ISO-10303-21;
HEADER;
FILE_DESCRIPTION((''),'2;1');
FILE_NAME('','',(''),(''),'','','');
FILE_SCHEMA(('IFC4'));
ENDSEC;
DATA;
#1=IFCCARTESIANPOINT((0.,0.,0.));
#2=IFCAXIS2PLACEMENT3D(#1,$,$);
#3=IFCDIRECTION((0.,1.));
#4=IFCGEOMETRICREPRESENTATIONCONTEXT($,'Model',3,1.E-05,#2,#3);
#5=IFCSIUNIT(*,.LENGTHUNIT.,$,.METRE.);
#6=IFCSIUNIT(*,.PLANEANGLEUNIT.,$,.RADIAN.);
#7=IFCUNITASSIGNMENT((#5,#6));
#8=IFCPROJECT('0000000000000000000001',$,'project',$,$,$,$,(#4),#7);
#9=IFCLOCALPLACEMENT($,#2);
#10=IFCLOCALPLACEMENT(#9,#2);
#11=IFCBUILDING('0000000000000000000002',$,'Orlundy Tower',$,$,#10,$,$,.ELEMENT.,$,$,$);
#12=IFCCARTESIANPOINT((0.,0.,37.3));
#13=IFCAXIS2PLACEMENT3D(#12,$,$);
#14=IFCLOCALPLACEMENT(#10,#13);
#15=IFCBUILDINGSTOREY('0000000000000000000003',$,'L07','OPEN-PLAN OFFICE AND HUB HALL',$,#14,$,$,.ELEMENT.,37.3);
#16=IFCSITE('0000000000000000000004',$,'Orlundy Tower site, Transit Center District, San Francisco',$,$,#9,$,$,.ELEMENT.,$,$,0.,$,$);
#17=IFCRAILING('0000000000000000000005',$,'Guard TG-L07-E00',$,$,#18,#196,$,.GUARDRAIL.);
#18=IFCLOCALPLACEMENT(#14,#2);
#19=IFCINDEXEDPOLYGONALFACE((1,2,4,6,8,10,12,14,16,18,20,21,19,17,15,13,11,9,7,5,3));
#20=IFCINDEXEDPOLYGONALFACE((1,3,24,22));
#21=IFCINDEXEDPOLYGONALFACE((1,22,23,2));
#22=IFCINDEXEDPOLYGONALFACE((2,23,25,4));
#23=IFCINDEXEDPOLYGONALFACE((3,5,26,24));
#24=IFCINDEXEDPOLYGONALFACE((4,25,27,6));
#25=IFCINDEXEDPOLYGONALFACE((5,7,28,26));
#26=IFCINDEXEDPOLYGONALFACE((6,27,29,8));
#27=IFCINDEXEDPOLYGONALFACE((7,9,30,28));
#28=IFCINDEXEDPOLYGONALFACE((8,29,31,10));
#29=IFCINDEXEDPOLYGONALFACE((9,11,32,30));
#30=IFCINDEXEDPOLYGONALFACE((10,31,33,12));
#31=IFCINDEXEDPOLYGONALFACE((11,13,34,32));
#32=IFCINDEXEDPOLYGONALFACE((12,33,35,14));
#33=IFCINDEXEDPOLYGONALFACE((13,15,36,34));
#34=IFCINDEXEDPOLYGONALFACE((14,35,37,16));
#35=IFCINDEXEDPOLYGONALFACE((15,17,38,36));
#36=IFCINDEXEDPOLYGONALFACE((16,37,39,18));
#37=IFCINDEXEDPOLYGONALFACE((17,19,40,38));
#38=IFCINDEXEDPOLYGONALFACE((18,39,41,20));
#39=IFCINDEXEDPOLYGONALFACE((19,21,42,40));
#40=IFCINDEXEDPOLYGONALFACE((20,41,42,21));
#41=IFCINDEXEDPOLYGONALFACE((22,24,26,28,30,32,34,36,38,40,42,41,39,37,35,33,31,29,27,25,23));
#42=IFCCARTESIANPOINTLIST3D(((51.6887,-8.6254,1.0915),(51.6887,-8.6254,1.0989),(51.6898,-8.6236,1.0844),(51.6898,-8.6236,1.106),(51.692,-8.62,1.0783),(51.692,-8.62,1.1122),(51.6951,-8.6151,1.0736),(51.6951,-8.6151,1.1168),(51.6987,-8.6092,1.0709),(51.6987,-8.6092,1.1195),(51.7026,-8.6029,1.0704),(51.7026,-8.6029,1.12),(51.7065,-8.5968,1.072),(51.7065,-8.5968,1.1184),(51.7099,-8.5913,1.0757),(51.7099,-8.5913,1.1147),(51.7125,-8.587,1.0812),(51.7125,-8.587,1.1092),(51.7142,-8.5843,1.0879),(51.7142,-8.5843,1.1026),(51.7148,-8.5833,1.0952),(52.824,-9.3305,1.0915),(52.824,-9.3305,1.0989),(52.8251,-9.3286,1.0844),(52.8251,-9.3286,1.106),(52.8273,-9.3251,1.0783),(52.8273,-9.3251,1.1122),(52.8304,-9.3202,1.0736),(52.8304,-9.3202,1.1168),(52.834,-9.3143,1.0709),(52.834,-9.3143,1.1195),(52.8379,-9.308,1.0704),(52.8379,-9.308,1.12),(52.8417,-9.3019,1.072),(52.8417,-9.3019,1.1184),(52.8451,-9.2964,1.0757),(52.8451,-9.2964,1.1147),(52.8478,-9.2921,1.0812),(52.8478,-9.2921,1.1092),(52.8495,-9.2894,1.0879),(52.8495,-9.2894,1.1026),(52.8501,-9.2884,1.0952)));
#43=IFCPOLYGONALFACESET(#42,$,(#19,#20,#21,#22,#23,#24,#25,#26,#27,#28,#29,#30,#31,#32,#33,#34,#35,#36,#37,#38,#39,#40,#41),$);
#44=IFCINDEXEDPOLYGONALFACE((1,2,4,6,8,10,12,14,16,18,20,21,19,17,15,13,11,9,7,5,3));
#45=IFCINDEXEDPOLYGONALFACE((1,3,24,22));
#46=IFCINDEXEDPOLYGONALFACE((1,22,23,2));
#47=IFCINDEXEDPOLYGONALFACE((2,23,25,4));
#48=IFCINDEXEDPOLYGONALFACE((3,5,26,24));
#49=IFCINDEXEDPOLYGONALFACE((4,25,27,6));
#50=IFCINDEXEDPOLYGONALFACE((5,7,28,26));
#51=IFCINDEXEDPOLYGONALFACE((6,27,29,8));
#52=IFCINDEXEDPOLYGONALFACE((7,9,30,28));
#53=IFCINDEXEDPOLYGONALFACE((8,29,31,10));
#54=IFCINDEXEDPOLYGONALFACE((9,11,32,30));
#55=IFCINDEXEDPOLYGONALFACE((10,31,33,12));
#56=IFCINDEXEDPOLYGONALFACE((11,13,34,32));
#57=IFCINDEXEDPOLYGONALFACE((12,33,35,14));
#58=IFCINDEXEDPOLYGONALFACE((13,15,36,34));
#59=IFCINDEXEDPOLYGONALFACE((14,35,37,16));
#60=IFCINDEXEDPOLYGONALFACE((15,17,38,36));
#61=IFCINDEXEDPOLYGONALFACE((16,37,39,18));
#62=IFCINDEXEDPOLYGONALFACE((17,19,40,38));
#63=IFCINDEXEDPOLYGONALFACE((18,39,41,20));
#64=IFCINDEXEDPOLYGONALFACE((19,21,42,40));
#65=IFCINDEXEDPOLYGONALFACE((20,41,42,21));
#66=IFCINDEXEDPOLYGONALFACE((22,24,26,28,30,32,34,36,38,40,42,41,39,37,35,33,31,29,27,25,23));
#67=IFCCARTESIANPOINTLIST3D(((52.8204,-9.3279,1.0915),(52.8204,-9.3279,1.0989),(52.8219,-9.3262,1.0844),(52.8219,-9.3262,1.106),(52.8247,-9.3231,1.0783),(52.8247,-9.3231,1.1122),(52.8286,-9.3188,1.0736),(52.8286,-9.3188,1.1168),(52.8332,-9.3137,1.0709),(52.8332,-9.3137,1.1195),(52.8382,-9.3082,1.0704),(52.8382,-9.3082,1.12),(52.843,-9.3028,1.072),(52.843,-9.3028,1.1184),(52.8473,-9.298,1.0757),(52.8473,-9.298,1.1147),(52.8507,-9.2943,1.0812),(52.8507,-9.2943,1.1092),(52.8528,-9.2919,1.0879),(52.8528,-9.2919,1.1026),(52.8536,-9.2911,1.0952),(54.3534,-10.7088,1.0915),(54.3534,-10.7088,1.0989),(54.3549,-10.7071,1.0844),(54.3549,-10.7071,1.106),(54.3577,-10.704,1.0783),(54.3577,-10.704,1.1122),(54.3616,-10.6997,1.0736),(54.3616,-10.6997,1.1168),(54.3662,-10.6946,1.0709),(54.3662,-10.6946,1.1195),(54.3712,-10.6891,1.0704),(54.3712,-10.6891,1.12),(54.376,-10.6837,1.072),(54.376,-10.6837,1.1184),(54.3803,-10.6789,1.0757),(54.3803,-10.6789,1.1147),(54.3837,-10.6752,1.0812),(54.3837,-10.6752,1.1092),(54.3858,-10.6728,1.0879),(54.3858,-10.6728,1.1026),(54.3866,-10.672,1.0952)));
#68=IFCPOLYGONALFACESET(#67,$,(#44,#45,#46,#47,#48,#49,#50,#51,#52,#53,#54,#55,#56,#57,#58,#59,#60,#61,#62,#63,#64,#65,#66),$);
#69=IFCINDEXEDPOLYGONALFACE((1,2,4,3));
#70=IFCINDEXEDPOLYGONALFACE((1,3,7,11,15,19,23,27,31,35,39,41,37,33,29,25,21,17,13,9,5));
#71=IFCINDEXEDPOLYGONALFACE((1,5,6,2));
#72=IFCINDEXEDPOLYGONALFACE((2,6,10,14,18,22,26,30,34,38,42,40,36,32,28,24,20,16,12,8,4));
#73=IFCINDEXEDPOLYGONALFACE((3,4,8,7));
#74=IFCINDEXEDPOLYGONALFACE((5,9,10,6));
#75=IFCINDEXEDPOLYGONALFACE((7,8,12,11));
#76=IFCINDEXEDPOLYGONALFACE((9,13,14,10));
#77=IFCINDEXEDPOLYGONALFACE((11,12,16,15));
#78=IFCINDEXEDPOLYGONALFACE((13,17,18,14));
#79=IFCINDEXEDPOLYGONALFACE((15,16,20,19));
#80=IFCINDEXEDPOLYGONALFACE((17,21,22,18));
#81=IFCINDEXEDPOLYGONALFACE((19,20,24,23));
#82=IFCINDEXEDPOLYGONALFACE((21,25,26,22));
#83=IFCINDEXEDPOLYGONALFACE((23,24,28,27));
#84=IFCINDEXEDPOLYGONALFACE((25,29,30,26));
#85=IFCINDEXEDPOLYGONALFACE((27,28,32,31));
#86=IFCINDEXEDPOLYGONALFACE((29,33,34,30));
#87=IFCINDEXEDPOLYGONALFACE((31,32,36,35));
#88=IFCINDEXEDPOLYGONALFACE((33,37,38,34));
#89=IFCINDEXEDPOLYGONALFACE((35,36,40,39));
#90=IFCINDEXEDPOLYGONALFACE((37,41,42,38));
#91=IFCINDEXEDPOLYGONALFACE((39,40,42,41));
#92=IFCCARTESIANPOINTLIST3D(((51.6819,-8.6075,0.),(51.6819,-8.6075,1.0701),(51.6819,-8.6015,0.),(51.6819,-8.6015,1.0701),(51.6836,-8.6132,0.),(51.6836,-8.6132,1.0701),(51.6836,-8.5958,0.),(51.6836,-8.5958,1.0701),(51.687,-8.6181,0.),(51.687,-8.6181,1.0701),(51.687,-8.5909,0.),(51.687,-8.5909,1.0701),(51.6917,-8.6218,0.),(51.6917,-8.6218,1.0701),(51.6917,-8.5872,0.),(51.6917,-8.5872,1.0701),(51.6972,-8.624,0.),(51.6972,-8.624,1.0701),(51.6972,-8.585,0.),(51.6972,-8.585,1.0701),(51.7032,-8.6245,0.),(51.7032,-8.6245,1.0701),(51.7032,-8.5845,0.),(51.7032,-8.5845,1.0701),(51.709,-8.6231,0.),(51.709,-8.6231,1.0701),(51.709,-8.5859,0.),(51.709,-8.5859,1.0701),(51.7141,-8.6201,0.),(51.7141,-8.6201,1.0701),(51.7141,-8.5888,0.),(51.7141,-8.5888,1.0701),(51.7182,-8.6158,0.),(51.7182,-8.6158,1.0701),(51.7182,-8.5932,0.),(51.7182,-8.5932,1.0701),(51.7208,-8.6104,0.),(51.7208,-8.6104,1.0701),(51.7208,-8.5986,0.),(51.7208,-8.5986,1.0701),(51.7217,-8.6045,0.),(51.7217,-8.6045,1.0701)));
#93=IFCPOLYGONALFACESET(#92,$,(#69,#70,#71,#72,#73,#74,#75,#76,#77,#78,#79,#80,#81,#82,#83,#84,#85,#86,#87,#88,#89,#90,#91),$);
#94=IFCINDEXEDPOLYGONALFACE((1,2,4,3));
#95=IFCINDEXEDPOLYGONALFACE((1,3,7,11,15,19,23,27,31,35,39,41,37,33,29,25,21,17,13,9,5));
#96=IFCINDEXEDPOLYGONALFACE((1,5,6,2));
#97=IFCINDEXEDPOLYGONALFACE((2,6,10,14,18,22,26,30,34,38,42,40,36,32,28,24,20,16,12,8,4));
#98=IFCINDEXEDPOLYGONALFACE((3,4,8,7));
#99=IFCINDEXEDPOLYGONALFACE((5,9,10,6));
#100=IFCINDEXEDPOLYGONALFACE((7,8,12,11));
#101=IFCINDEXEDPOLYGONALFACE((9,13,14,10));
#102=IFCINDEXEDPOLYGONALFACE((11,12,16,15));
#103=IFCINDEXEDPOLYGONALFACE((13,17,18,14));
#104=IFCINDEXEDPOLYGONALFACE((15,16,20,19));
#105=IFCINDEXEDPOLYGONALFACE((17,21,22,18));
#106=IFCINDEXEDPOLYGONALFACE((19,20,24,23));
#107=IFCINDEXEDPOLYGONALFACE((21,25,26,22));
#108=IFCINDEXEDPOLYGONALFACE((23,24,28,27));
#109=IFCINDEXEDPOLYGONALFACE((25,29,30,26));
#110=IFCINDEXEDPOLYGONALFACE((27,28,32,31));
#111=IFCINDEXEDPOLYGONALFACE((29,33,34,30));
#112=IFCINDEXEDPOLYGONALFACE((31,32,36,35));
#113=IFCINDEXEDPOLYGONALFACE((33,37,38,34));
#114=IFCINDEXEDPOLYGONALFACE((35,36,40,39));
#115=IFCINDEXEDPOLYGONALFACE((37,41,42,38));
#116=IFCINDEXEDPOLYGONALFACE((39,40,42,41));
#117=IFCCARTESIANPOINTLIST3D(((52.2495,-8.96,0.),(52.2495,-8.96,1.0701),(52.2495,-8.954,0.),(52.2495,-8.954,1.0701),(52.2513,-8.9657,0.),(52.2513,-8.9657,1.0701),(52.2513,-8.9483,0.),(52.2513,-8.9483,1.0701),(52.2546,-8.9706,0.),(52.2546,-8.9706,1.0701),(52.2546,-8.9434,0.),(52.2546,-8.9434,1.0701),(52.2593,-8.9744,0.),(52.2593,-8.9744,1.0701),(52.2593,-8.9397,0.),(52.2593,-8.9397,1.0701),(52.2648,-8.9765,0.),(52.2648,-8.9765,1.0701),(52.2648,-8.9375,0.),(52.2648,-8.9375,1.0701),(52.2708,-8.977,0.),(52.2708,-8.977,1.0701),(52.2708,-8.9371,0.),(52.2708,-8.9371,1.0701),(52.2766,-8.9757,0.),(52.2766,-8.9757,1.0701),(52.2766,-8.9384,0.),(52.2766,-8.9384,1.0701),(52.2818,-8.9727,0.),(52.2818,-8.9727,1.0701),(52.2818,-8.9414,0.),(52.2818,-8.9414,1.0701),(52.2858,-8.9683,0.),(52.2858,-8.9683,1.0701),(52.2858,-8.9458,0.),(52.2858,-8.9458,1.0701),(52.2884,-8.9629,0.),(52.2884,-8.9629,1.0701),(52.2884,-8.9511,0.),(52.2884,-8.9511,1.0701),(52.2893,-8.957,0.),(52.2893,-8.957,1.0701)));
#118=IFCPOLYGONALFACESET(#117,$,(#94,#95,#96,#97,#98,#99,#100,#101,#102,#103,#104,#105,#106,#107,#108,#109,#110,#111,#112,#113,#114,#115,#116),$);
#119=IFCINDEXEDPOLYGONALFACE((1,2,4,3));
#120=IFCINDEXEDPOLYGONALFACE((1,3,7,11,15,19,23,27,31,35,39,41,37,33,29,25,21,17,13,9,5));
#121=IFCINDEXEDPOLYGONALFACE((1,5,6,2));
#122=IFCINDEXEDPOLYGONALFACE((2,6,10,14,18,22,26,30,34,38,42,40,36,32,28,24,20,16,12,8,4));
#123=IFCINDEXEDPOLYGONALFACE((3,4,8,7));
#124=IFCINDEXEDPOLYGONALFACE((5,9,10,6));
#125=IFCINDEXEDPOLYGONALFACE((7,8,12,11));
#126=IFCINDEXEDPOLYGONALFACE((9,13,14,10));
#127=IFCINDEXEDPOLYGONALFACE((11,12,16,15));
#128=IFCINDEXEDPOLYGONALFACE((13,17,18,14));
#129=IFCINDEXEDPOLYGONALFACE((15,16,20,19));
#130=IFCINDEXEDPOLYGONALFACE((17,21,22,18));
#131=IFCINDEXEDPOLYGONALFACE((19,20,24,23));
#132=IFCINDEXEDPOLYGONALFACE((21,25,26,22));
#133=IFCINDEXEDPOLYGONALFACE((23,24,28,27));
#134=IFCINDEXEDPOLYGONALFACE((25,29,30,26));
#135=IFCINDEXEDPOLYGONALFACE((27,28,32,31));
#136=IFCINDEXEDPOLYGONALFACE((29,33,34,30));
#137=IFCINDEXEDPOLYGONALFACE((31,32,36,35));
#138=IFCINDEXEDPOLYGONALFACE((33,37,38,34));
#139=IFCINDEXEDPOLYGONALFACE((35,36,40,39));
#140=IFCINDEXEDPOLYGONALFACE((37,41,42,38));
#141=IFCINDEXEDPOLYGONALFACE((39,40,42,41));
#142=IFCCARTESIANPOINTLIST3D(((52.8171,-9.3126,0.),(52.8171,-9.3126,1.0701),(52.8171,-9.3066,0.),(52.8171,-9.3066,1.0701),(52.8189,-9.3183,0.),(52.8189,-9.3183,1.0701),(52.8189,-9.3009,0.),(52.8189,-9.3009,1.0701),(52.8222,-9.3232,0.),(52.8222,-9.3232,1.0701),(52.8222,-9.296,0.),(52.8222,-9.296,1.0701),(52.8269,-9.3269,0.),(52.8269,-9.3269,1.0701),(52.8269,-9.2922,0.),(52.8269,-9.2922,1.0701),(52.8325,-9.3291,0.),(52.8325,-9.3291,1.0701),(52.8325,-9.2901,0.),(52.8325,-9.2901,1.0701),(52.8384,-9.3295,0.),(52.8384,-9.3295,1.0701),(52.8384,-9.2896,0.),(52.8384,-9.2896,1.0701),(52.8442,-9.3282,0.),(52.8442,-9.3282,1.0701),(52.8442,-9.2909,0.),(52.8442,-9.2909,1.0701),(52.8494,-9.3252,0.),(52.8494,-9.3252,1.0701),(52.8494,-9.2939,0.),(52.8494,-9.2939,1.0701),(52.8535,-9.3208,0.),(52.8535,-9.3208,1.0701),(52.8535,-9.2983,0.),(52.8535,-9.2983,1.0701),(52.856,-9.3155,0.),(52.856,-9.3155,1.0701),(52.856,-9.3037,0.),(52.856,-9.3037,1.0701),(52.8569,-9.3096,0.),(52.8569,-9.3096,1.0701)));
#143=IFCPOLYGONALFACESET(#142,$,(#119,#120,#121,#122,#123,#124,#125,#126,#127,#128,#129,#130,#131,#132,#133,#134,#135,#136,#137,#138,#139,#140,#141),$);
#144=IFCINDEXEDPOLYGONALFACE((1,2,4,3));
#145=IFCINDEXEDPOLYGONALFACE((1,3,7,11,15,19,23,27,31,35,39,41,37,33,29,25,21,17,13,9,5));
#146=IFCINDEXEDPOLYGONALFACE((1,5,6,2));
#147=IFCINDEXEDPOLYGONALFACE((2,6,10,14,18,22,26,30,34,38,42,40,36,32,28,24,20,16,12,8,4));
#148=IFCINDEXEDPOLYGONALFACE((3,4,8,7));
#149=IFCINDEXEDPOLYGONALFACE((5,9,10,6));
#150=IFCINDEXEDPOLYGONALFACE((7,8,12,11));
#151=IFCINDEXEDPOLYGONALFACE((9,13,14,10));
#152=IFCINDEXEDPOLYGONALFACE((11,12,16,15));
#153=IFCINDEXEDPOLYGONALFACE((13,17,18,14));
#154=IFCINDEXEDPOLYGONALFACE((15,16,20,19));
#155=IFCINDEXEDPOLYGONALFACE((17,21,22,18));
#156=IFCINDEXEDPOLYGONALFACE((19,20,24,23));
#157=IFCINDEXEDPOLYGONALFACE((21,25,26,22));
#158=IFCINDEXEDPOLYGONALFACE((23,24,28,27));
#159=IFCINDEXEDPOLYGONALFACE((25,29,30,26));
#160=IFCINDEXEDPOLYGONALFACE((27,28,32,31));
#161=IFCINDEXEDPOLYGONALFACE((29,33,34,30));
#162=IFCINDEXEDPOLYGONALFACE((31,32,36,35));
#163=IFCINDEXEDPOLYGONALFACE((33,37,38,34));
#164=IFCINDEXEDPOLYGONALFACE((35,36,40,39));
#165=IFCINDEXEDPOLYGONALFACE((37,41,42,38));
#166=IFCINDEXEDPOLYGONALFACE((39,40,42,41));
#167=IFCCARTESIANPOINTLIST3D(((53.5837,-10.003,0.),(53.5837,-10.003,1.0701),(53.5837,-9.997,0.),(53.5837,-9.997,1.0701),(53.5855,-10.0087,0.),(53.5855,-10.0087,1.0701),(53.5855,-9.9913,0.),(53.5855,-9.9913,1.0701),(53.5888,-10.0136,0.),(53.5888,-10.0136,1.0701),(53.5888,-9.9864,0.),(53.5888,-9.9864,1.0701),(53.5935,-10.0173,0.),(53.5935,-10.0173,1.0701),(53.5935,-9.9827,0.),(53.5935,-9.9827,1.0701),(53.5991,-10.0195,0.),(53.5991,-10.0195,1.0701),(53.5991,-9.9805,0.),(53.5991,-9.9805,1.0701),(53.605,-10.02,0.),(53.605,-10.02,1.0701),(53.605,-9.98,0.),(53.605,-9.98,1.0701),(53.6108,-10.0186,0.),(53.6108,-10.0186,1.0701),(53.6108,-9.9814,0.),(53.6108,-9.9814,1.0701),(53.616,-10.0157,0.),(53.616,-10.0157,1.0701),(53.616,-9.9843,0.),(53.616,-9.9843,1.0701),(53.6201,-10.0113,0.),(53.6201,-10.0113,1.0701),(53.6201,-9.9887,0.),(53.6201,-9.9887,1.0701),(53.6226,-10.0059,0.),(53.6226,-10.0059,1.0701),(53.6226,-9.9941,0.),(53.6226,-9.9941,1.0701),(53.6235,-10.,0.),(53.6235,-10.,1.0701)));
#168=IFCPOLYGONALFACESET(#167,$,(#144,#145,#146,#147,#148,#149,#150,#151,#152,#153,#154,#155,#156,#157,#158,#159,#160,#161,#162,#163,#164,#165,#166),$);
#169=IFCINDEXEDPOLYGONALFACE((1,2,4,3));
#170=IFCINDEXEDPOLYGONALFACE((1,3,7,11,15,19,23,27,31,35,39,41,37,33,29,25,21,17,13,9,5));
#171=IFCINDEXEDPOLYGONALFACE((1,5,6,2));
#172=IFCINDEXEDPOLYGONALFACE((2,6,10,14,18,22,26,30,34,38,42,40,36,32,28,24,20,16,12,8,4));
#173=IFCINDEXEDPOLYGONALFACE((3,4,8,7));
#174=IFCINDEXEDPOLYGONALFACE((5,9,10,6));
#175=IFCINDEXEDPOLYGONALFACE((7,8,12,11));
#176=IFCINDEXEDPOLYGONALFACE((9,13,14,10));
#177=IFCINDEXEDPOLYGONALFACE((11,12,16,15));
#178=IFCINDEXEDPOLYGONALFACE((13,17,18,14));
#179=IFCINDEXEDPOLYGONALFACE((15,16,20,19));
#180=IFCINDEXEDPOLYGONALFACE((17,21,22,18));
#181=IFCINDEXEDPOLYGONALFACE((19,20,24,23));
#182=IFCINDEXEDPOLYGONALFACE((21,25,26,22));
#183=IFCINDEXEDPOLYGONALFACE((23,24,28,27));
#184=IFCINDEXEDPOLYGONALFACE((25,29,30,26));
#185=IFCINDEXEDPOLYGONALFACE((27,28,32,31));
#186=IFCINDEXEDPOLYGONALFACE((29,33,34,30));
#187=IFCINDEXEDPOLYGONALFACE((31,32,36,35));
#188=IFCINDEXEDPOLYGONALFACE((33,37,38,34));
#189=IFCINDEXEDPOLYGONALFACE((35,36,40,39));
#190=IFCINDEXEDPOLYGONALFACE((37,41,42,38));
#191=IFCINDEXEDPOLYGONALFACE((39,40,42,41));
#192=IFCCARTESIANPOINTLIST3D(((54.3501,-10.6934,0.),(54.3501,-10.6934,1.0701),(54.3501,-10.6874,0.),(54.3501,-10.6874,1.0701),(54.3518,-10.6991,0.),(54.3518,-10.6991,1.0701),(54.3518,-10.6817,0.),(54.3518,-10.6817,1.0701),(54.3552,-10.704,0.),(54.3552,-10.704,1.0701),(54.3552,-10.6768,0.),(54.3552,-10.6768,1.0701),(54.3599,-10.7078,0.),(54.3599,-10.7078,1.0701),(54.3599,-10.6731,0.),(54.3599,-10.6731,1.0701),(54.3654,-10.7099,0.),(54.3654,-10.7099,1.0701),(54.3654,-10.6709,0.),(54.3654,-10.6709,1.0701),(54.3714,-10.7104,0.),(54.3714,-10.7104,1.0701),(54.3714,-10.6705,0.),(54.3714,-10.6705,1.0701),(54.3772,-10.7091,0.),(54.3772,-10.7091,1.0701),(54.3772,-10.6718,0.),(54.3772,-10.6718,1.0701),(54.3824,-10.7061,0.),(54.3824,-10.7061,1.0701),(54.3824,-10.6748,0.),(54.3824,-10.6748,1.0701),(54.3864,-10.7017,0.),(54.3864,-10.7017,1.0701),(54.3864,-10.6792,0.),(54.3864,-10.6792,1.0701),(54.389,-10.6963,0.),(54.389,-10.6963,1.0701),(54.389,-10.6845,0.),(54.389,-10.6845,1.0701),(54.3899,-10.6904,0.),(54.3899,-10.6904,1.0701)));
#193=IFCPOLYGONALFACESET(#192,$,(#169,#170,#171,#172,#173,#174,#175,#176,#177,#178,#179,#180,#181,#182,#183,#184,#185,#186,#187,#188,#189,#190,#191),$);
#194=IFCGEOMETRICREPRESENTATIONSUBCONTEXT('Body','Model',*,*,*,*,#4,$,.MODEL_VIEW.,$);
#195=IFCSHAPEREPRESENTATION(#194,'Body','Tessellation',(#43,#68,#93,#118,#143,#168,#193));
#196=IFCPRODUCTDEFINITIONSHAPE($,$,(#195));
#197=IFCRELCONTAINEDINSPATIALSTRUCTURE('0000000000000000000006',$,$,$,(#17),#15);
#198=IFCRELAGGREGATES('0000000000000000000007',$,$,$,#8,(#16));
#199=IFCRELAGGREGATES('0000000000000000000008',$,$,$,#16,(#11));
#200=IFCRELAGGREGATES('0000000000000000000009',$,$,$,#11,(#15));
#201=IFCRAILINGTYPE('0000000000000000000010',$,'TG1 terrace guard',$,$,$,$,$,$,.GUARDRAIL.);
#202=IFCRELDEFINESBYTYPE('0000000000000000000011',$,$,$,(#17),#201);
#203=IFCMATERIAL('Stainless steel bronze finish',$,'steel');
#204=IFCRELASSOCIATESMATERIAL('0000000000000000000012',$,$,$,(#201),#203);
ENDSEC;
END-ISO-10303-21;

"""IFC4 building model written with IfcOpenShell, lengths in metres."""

from ifc_helpers import new_model, si_unit, direction, frame, origin, origin_2d, place, context, subcontext, project, spatial, circle, extrude, material, type_object, element, save


model = new_model("IFC4")

# Units and contexts
model_context = context("Model", 3, precision=1e-05, world=origin(), true_north=direction((0.0, 1.0)))
body_context = subcontext(model_context, "Body", "Model", "MODEL_VIEW")
ifc_project = project(units=[si_unit("LENGTHUNIT", "METRE"), si_unit("PLANEANGLEUNIT", "RADIAN")], contexts=[model_context])

# Site, building, storey
site_placement = place(None, origin())
site = spatial("IfcSite", under=ifc_project, at=site_placement, Name="Orlundy Tower site, Transit Center District, San Francisco", CompositionType="ELEMENT", RefElevation=0.0)
building_placement = place(site_placement, origin())
building = spatial("IfcBuilding", under=site, at=building_placement, Name="Orlundy Tower", CompositionType="ELEMENT")
storey_placement = place(building_placement, frame((0.0, 0.0, 37.3)))
storey = spatial("IfcBuildingStorey", under=building, at=storey_placement, Name="L07", Description="OPEN-PLAN OFFICE AND HUB HALL", CompositionType="ELEMENT", Elevation=37.3)

# Railing
ifc_material_1 = material(Name="Stainless steel bronze finish", Category="steel")
railing_type = type_object("IfcRailingType", Name="TG1 terrace guard", PredefinedType="GUARDRAIL", material=ifc_material_1)
railing_1_placement = place(storey_placement, frame((51.7017, -8.6045, 0.0)))
element("IfcRailing", 1, at=railing_1_placement, inside=storey, type_object=railing_type, Name="Guard TG-L07-E00", PredefinedType="GUARDRAIL", context=body_context, shape_type="SweptSolid", body=[
    extrude(circle(Radius=0.0249, at=origin_2d()), frame((0.0, 0.0, 1.0952), z_axis=(0.849493, -0.527599, 0.0), x_axis=(0.527599, 0.849493, 0.0)), (0.0, 0.0, 1.0), 1.3364),
    extrude(circle(Radius=0.0249, at=origin_2d()), frame((1.1353, -0.7051, 1.0952), z_axis=(0.743006, -0.669285, 0.0), x_axis=(0.669285, 0.743006, 0.0)), (0.0, 0.0, 1.0), 2.0632),
    extrude(circle(Radius=0.02, at=origin_2d()), origin(), (0.0, 0.0, 1.0), 1.0701),
    extrude(circle(Radius=0.02, at=origin_2d()), frame((0.5676, -0.3525, 0.0)), (0.0, 0.0, 1.0), 1.0701),
    extrude(circle(Radius=0.02, at=origin_2d()), frame((1.1353, -0.7051, 0.0)), (0.0, 0.0, 1.0), 1.0701),
    extrude(circle(Radius=0.02, at=origin_2d()), frame((1.9019, -1.3955, 0.0)), (0.0, 0.0, 1.0), 1.0701),
    extrude(circle(Radius=0.02, at=origin_2d()), frame((2.6682, -2.0859, 0.0)), (0.0, 0.0, 1.0), 1.0701),
])

save(model, "model.ifc")
